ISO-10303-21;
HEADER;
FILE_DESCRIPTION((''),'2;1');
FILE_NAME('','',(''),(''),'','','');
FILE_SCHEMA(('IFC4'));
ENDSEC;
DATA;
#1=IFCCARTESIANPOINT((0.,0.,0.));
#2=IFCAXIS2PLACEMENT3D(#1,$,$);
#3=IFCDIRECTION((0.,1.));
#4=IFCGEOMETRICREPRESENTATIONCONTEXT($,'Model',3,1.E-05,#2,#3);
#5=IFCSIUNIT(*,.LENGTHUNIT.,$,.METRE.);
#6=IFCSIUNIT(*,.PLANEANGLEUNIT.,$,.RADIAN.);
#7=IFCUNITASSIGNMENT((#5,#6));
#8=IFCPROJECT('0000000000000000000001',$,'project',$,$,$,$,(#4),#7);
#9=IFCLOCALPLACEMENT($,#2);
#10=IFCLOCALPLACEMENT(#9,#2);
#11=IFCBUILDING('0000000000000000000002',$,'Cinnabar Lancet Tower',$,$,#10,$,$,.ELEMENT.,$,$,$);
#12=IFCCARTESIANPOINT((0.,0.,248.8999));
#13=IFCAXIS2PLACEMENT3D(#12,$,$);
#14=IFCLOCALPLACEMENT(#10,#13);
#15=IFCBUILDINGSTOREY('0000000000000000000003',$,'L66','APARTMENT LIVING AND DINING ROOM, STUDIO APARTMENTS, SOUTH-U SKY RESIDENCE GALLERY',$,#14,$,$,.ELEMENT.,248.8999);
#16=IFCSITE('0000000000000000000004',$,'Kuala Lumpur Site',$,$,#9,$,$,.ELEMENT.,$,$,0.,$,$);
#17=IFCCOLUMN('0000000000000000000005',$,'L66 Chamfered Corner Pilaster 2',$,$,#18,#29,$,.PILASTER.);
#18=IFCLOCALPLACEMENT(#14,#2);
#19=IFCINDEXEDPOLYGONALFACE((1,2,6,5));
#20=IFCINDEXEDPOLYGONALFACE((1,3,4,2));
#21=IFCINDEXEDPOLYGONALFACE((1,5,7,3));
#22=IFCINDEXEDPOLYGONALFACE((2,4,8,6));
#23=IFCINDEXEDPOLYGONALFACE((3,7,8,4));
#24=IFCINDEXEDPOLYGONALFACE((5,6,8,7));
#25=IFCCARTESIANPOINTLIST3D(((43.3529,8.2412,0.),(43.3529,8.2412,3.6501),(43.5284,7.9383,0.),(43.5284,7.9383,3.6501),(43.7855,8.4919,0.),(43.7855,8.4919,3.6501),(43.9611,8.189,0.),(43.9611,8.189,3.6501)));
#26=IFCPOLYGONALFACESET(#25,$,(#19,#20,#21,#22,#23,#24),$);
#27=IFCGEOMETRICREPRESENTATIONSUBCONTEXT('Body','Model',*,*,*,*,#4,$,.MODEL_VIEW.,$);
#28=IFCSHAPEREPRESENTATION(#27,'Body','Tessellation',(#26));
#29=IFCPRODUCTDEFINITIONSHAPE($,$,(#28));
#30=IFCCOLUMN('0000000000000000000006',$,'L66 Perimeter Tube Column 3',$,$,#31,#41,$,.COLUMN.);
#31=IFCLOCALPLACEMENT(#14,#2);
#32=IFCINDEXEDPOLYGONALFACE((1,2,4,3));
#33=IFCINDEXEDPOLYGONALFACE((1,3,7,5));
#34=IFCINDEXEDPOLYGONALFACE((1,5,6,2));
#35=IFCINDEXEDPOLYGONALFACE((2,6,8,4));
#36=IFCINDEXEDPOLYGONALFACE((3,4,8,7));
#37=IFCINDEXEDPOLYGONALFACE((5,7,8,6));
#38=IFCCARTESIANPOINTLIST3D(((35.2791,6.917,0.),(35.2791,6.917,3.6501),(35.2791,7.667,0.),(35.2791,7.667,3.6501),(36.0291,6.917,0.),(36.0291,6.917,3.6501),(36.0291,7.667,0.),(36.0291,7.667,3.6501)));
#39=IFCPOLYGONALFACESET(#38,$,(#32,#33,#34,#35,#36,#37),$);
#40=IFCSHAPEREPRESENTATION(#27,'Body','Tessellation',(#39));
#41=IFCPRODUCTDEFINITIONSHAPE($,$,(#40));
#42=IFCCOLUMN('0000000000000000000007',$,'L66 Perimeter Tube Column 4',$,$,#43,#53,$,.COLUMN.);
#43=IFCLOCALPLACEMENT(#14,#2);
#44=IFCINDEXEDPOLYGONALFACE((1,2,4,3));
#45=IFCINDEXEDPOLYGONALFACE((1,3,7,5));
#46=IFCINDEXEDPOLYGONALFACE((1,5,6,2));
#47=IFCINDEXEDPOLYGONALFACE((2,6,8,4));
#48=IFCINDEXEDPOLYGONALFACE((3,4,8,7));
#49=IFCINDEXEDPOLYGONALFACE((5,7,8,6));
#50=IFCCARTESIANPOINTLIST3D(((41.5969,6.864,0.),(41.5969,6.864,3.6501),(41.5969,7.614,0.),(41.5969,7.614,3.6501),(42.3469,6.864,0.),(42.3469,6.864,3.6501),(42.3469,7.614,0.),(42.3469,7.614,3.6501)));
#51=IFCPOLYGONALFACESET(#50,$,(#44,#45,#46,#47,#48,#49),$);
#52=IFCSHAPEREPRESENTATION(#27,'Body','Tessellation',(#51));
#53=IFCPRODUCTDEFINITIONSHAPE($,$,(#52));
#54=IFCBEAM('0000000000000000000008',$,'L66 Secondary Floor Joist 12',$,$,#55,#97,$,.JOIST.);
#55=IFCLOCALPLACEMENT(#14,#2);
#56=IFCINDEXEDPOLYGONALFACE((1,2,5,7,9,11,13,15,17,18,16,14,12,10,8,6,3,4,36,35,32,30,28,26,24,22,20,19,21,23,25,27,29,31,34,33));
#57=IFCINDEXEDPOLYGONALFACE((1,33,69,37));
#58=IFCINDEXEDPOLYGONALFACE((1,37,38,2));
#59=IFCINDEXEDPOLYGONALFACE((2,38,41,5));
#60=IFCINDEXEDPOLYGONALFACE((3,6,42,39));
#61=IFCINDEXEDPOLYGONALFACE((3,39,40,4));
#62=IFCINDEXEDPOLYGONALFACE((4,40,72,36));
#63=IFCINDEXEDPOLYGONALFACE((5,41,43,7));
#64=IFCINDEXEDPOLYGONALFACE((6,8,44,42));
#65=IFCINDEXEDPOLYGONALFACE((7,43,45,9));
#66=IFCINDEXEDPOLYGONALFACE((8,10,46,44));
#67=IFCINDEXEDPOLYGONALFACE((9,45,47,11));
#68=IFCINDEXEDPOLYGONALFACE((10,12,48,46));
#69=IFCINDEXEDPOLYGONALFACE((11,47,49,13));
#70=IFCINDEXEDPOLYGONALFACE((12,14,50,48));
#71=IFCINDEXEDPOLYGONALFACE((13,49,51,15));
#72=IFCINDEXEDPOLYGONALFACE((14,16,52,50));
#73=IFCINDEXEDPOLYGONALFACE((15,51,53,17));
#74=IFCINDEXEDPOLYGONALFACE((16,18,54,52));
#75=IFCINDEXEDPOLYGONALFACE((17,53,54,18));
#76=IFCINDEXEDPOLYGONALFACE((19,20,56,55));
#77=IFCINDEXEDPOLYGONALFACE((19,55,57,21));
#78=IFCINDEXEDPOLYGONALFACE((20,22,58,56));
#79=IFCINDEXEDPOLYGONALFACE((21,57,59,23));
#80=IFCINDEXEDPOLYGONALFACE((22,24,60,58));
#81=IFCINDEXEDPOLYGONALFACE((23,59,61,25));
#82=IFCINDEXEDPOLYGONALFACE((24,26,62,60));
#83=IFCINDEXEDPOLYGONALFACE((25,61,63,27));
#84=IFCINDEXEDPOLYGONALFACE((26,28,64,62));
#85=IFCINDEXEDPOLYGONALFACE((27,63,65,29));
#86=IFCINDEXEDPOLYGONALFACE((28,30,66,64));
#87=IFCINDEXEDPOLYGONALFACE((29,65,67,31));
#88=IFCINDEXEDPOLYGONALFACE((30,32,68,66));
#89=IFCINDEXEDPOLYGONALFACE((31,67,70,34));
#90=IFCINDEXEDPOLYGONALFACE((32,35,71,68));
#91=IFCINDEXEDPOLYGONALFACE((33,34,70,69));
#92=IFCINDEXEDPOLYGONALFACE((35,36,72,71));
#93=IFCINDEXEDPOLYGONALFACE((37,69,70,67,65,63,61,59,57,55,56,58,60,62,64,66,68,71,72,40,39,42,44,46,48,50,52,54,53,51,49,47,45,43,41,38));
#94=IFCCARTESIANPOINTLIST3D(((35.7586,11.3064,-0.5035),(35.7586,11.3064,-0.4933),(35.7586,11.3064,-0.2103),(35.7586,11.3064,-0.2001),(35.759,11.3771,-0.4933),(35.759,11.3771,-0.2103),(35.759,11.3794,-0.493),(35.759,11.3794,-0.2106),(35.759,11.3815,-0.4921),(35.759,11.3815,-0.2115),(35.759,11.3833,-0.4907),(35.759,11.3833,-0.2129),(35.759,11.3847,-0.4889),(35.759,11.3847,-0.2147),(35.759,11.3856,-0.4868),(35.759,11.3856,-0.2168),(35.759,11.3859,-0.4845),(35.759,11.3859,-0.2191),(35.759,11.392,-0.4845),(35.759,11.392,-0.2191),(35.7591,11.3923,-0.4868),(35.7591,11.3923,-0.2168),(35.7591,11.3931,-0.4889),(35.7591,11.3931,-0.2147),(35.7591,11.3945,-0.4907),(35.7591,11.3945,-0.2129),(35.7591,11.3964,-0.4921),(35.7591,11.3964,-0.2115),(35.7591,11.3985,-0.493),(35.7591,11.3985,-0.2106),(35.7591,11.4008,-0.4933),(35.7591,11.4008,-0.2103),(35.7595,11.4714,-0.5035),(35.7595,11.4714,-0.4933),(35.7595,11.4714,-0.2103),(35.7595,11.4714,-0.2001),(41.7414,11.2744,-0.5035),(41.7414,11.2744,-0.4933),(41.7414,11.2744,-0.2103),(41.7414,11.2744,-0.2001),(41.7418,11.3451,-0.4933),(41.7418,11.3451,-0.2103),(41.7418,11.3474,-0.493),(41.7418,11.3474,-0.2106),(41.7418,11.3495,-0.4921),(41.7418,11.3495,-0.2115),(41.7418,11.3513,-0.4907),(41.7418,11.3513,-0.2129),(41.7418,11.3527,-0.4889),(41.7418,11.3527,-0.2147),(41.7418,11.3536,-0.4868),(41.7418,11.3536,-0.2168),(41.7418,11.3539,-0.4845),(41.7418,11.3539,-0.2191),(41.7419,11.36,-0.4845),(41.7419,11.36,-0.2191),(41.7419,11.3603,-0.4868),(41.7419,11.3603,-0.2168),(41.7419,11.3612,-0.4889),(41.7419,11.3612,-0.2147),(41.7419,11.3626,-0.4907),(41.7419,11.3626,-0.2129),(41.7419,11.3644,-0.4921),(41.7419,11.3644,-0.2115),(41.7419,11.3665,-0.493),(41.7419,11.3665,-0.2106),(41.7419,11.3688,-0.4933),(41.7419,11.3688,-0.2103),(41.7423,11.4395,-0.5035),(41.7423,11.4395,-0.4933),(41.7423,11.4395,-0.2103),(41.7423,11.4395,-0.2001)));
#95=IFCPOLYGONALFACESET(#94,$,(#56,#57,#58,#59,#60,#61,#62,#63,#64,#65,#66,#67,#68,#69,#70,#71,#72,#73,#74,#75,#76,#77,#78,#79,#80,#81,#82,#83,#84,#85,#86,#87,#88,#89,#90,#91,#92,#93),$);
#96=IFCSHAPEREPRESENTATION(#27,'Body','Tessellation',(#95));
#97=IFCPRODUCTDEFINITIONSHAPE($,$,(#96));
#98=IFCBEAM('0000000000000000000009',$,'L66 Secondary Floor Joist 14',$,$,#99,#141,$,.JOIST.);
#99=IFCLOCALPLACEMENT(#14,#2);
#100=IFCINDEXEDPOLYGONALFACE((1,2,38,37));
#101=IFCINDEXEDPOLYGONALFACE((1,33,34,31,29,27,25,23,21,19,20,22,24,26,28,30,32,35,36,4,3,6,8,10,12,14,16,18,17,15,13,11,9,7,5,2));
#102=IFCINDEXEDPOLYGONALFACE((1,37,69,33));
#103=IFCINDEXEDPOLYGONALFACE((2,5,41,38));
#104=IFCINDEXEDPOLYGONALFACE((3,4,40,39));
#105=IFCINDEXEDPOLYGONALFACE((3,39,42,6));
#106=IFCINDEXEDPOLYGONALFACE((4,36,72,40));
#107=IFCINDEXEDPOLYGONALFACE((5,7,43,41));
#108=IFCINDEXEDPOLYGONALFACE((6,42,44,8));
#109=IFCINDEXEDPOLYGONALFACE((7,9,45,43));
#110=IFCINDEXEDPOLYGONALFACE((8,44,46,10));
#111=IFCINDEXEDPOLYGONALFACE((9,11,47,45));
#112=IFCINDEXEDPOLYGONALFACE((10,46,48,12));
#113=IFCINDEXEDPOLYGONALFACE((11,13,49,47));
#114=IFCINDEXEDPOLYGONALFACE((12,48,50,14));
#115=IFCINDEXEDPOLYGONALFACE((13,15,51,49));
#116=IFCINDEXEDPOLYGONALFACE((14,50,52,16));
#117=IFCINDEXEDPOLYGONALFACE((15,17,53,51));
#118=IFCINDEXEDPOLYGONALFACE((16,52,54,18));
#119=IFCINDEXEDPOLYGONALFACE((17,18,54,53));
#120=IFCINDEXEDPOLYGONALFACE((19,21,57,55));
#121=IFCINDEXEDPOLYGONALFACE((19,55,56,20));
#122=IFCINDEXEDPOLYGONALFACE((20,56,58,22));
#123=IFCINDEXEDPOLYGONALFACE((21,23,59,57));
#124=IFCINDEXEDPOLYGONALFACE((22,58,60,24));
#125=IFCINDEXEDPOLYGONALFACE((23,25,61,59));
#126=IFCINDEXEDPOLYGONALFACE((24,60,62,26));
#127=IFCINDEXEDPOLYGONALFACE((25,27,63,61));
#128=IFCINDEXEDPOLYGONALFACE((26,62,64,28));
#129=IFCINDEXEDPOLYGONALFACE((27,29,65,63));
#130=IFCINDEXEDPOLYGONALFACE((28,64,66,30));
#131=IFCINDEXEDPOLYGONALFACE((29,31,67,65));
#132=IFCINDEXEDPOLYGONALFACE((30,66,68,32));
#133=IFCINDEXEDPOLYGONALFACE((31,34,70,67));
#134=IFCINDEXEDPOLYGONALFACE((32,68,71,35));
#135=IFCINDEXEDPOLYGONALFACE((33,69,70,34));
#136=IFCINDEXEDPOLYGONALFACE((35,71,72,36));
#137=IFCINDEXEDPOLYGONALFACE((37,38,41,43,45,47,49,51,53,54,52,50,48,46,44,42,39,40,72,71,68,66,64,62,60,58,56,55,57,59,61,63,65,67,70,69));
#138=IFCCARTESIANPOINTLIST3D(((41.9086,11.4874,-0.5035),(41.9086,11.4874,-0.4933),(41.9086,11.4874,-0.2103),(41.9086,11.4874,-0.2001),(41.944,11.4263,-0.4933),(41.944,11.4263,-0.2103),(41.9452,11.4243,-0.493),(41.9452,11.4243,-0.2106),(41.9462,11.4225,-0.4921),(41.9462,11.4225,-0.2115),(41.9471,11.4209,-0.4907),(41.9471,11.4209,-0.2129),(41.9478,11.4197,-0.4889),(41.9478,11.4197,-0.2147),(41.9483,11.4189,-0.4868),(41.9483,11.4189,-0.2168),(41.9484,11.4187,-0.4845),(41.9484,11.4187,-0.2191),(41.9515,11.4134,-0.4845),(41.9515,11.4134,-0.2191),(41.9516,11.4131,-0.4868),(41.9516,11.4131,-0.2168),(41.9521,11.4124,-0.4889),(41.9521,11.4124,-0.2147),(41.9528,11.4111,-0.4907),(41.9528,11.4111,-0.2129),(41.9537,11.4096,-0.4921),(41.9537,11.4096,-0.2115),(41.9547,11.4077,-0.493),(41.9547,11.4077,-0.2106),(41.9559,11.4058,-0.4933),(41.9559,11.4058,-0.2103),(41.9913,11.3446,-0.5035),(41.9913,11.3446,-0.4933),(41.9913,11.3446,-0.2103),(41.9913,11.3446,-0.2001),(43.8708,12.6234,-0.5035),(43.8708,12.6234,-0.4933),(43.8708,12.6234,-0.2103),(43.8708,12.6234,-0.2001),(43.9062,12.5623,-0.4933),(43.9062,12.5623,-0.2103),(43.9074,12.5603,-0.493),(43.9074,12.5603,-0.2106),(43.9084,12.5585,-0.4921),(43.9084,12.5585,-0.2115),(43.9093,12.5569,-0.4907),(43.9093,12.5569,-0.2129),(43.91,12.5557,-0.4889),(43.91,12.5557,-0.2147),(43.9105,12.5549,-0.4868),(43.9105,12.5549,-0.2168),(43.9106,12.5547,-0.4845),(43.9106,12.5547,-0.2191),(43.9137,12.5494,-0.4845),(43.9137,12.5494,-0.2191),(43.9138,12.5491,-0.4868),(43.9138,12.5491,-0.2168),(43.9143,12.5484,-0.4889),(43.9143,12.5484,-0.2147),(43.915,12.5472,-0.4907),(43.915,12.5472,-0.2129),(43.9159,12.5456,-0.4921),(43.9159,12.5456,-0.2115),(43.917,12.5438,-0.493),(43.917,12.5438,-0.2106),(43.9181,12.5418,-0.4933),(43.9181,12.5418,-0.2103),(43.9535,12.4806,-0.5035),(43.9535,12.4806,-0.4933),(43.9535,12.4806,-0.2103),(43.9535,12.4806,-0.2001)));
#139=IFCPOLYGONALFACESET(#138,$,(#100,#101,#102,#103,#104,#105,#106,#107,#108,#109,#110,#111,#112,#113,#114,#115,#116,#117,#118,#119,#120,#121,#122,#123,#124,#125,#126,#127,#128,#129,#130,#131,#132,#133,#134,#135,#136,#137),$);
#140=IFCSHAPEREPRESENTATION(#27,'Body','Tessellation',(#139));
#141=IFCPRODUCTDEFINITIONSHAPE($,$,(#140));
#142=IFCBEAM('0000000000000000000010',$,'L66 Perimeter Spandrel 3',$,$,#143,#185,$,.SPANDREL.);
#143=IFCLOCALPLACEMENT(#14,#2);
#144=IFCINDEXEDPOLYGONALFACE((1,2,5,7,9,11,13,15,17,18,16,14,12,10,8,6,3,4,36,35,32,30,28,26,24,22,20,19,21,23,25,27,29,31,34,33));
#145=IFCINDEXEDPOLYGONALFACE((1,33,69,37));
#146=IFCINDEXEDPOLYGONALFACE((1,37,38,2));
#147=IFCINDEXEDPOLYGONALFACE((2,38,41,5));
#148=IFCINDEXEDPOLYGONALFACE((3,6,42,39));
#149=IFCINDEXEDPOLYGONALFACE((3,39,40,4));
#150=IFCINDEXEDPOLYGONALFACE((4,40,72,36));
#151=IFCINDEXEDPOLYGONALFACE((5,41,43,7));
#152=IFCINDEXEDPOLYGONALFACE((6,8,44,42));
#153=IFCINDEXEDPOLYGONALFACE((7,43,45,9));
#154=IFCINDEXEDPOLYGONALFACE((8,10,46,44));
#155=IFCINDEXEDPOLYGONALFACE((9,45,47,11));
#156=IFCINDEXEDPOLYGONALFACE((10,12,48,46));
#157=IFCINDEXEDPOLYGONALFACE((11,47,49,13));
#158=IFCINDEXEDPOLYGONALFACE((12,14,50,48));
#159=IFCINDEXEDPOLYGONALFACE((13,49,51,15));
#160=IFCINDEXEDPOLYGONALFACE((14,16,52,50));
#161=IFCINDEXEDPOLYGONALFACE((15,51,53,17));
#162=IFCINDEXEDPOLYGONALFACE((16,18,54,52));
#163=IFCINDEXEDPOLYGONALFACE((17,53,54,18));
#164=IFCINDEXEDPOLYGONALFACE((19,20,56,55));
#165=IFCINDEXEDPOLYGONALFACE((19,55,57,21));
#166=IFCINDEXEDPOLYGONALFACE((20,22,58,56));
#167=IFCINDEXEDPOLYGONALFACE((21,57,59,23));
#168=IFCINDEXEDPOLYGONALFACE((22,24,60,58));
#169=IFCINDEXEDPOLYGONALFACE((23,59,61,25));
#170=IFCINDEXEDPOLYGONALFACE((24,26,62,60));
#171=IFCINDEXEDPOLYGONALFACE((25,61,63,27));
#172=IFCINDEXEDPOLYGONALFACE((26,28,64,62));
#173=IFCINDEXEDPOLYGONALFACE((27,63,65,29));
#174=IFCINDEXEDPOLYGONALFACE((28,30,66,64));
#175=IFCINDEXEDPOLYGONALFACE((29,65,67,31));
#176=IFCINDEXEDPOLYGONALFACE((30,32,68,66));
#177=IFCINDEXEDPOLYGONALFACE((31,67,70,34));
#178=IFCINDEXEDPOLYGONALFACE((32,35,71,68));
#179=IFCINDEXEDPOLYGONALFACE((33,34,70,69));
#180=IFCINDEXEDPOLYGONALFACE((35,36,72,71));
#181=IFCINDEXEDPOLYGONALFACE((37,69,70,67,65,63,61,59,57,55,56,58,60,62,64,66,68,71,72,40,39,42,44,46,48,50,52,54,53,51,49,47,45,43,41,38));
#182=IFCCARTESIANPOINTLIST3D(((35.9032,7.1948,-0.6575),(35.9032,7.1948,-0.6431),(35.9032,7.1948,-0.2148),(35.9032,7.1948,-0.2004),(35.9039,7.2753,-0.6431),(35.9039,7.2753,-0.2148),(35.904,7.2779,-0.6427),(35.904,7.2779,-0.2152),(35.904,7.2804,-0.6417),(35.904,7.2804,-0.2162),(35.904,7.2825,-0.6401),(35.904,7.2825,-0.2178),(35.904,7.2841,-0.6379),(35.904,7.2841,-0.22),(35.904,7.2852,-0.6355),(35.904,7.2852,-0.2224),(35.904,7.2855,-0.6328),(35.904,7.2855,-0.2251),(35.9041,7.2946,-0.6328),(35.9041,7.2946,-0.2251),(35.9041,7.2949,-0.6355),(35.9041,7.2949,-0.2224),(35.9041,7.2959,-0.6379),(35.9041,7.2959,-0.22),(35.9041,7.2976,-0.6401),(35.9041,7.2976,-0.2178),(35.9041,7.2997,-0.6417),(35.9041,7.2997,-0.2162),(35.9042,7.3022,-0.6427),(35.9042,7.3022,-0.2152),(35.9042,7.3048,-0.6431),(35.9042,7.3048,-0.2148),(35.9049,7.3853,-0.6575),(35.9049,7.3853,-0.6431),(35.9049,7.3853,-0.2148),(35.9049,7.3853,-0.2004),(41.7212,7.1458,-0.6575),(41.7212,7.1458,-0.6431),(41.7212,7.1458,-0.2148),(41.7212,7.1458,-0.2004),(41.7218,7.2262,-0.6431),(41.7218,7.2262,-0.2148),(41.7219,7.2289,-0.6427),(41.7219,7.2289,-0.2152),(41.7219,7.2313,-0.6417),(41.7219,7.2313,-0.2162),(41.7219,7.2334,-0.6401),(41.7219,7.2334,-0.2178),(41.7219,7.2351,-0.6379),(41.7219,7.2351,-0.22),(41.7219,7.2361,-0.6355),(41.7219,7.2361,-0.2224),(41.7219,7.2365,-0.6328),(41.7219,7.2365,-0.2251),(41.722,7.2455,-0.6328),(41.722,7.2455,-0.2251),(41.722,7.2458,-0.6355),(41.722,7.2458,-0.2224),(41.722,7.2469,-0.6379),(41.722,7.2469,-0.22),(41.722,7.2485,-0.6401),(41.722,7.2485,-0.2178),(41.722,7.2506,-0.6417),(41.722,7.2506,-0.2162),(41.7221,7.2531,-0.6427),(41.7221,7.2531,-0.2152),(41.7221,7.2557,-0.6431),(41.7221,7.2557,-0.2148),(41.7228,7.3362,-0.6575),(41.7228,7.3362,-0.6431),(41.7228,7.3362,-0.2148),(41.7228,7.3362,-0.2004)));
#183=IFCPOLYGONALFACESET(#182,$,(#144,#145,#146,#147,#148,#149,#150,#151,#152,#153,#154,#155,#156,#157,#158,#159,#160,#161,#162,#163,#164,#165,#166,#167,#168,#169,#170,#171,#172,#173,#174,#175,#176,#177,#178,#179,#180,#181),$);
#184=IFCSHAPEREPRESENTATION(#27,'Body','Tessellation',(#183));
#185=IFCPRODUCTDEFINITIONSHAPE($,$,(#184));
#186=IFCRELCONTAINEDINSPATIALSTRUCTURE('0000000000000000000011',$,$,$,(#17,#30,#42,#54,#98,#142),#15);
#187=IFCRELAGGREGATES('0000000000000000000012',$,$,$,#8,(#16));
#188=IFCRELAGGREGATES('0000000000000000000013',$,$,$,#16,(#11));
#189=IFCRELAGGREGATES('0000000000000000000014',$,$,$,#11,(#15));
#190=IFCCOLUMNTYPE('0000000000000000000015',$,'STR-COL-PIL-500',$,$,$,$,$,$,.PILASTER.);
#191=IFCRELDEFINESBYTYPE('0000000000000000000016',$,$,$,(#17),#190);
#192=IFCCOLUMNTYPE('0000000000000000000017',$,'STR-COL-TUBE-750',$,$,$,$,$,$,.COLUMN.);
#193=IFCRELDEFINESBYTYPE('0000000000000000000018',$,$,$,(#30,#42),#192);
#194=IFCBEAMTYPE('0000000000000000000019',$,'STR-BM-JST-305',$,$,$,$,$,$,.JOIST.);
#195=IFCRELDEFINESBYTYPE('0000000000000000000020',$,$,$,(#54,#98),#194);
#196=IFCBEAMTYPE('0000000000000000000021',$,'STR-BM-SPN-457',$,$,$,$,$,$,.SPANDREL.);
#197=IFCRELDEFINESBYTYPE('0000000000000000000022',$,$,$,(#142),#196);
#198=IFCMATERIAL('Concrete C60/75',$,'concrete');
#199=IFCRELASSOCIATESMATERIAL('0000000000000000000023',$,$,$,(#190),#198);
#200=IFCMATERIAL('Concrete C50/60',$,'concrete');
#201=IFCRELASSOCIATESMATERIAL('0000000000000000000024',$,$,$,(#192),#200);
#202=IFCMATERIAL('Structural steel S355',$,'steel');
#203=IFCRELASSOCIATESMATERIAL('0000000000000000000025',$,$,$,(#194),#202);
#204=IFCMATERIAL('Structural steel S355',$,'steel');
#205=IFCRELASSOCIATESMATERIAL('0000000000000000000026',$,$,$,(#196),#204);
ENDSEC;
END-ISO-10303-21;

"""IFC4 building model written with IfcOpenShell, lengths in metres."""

from ifc_helpers import new_model, si_unit, direction, frame, origin, origin_2d, place, context, subcontext, project, spatial, rectangle, i_section, extrude, material, material_profile, profile_set, type_object, element, save


model = new_model("IFC4")

# Units and contexts
model_context = context("Model", 3, precision=1e-05, world=origin(), true_north=direction((0.0, 1.0)))
body_context = subcontext(model_context, "Body", "Model", "MODEL_VIEW")
ifc_project = project(units=[si_unit("LENGTHUNIT", "METRE"), si_unit("PLANEANGLEUNIT", "RADIAN")], contexts=[model_context])

# Site, building, storey
site_placement = place(None, origin())
site = spatial("IfcSite", under=ifc_project, at=site_placement, Name="Kuala Lumpur Site", CompositionType="ELEMENT", RefElevation=0.0)
building_placement = place(site_placement, origin())
building = spatial("IfcBuilding", under=site, at=building_placement, Name="Cinnabar Lancet Tower", CompositionType="ELEMENT")
storey_placement = place(building_placement, frame((0.0, 0.0, 248.8999)))
storey = spatial("IfcBuildingStorey", under=building, at=storey_placement, Name="L66", Description="APARTMENT LIVING AND DINING ROOM, STUDIO APARTMENTS, SOUTH-U SKY RESIDENCE GALLERY", CompositionType="ELEMENT", Elevation=248.8999)

# Columns
ifc_material_1 = material(Name="Concrete C60/75", Category="concrete")
ifc_material_profile_1 = material_profile(ifc_material_1, rectangle(XDim=0.5, YDim=0.3501, at=origin_2d()), Name="RC-PIL 500x350")
ifc_profile_set_1 = profile_set([ifc_material_profile_1], Name="Concrete C60/75")
column_type_1 = type_object("IfcColumnType", Name="STR-COL-PIL-500", PredefinedType="PILASTER", material=ifc_profile_set_1)
column_placement = place(storey_placement, frame((43.657, 8.2151, 0.0), z_axis=(0.0, 0.0, 1.0), x_axis=(0.865256, 0.50133, 0.0)))
element("IfcColumn", 1, at=column_placement, inside=storey, type_object=column_type_1, Name="L66 Chamfered Corner Pilaster 2", PredefinedType="PILASTER", context=body_context, shape_type="SweptSolid", body=[
    extrude(rectangle(XDim=0.5, YDim=0.3501, at=origin_2d()), origin(), (0.0, 0.0, 1.0), 3.6501),
])
ifc_material_2 = material(Name="Concrete C50/60", Category="concrete")
ifc_material_profile_2 = material_profile(ifc_material_2, rectangle(XDim=0.75, YDim=0.75, at=origin_2d()), Name="RC-COL 750x750")
ifc_profile_set_2 = profile_set([ifc_material_profile_2], Name="Concrete C50/60")
column_type_2 = type_object("IfcColumnType", Name="STR-COL-TUBE-750", PredefinedType="COLUMN", material=ifc_profile_set_2)
for number, where, z_axis, x_axis, name in (
    (2, (35.6541, 7.292, 0.0), (0.0, 0.0, 1.0), (1.0, 0.0, 0.0), "L66 Perimeter Tube Column 3"),
    (3, (41.9719, 7.239, 0.0), (0.0, 0.0, 1.0), (1.0, 0.0, 0.0), "L66 Perimeter Tube Column 4"),
):
    element("IfcColumn", number, at=place(storey_placement, frame(where, z_axis=z_axis, x_axis=x_axis)), inside=storey, type_object=column_type_2, Name=name, PredefinedType="COLUMN", context=body_context, shape_type="SweptSolid", body=[
        extrude(rectangle(XDim=0.75, YDim=0.75, at=origin_2d()), origin(), (0.0, 0.0, 1.0), 3.6501),
    ])

# Beams
ifc_material_3 = material(Name="Structural steel S355", Category="steel")
ifc_material_profile_3 = material_profile(ifc_material_3, i_section(OverallWidth=0.165, OverallDepth=0.3035, WebThickness=0.0061, FlangeThickness=0.0103, FilletRadius=0.0088, at=origin_2d()), Name="UKB 305x165x40")
ifc_profile_set_3 = profile_set([ifc_material_profile_3], Name="Structural steel S355")
beam_type_1 = type_object("IfcBeamType", Name="STR-BM-JST-305", PredefinedType="JOIST", material=ifc_profile_set_3)
beam_1_placement = place(storey_placement, frame((35.759, 11.3889, -0.3518), z_axis=(0.999986, -0.005346, 0.0), x_axis=(0.005346, 0.999986, 0.0)))
element("IfcBeam", 4, at=beam_1_placement, inside=storey, type_object=beam_type_1, Name="L66 Secondary Floor Joist 12", PredefinedType="JOIST", context=body_context, shape_type="SweptSolid", body=[
    extrude(i_section(OverallWidth=0.165, OverallDepth=0.3035, WebThickness=0.0061, FlangeThickness=0.0103, FilletRadius=0.0088, at=origin_2d()), origin(), (0.0, 0.0, 1.0), 5.9829),
])
beam_2_placement = place(storey_placement, frame((41.95, 11.416, -0.3518), z_axis=(0.865426, 0.501036, 0.0), x_axis=(-0.501036, 0.865426, 0.0)))
element("IfcBeam", 5, at=beam_2_placement, inside=storey, type_object=beam_type_1, Name="L66 Secondary Floor Joist 14", PredefinedType="JOIST", context=body_context, shape_type="SweptSolid", body=[
    extrude(i_section(OverallWidth=0.165, OverallDepth=0.3035, WebThickness=0.0061, FlangeThickness=0.0103, FilletRadius=0.0088, at=origin_2d()), origin(), (0.0, 0.0, 1.0), 2.2673),
])
ifc_material_4 = material(Name="Structural steel S355", Category="steel")
ifc_material_profile_4 = material_profile(ifc_material_4, i_section(OverallWidth=0.1904, OverallDepth=0.457, WebThickness=0.009, FlangeThickness=0.0144, FilletRadius=0.0103, at=origin_2d()), Name="UKB 457x191x74")
ifc_profile_set_4 = profile_set([ifc_material_profile_4], Name="Structural steel S355")
beam_type_2 = type_object("IfcBeamType", Name="STR-BM-SPN-457", PredefinedType="SPANDREL", material=ifc_profile_set_4)
beam_3_placement = place(storey_placement, frame((35.9041, 7.29, -0.429), z_axis=(0.999964, -0.008434, 0.0), x_axis=(0.008434, 0.999964, 0.0)))
element("IfcBeam", 6, at=beam_3_placement, inside=storey, type_object=beam_type_2, Name="L66 Perimeter Spandrel 3", PredefinedType="SPANDREL", context=body_context, shape_type="SweptSolid", body=[
    extrude(i_section(OverallWidth=0.1904, OverallDepth=0.457, WebThickness=0.009, FlangeThickness=0.0144, FilletRadius=0.0103, at=origin_2d()), origin(), (0.0, 0.0, 1.0), 5.8181),
])

save(model, "model.ifc")
